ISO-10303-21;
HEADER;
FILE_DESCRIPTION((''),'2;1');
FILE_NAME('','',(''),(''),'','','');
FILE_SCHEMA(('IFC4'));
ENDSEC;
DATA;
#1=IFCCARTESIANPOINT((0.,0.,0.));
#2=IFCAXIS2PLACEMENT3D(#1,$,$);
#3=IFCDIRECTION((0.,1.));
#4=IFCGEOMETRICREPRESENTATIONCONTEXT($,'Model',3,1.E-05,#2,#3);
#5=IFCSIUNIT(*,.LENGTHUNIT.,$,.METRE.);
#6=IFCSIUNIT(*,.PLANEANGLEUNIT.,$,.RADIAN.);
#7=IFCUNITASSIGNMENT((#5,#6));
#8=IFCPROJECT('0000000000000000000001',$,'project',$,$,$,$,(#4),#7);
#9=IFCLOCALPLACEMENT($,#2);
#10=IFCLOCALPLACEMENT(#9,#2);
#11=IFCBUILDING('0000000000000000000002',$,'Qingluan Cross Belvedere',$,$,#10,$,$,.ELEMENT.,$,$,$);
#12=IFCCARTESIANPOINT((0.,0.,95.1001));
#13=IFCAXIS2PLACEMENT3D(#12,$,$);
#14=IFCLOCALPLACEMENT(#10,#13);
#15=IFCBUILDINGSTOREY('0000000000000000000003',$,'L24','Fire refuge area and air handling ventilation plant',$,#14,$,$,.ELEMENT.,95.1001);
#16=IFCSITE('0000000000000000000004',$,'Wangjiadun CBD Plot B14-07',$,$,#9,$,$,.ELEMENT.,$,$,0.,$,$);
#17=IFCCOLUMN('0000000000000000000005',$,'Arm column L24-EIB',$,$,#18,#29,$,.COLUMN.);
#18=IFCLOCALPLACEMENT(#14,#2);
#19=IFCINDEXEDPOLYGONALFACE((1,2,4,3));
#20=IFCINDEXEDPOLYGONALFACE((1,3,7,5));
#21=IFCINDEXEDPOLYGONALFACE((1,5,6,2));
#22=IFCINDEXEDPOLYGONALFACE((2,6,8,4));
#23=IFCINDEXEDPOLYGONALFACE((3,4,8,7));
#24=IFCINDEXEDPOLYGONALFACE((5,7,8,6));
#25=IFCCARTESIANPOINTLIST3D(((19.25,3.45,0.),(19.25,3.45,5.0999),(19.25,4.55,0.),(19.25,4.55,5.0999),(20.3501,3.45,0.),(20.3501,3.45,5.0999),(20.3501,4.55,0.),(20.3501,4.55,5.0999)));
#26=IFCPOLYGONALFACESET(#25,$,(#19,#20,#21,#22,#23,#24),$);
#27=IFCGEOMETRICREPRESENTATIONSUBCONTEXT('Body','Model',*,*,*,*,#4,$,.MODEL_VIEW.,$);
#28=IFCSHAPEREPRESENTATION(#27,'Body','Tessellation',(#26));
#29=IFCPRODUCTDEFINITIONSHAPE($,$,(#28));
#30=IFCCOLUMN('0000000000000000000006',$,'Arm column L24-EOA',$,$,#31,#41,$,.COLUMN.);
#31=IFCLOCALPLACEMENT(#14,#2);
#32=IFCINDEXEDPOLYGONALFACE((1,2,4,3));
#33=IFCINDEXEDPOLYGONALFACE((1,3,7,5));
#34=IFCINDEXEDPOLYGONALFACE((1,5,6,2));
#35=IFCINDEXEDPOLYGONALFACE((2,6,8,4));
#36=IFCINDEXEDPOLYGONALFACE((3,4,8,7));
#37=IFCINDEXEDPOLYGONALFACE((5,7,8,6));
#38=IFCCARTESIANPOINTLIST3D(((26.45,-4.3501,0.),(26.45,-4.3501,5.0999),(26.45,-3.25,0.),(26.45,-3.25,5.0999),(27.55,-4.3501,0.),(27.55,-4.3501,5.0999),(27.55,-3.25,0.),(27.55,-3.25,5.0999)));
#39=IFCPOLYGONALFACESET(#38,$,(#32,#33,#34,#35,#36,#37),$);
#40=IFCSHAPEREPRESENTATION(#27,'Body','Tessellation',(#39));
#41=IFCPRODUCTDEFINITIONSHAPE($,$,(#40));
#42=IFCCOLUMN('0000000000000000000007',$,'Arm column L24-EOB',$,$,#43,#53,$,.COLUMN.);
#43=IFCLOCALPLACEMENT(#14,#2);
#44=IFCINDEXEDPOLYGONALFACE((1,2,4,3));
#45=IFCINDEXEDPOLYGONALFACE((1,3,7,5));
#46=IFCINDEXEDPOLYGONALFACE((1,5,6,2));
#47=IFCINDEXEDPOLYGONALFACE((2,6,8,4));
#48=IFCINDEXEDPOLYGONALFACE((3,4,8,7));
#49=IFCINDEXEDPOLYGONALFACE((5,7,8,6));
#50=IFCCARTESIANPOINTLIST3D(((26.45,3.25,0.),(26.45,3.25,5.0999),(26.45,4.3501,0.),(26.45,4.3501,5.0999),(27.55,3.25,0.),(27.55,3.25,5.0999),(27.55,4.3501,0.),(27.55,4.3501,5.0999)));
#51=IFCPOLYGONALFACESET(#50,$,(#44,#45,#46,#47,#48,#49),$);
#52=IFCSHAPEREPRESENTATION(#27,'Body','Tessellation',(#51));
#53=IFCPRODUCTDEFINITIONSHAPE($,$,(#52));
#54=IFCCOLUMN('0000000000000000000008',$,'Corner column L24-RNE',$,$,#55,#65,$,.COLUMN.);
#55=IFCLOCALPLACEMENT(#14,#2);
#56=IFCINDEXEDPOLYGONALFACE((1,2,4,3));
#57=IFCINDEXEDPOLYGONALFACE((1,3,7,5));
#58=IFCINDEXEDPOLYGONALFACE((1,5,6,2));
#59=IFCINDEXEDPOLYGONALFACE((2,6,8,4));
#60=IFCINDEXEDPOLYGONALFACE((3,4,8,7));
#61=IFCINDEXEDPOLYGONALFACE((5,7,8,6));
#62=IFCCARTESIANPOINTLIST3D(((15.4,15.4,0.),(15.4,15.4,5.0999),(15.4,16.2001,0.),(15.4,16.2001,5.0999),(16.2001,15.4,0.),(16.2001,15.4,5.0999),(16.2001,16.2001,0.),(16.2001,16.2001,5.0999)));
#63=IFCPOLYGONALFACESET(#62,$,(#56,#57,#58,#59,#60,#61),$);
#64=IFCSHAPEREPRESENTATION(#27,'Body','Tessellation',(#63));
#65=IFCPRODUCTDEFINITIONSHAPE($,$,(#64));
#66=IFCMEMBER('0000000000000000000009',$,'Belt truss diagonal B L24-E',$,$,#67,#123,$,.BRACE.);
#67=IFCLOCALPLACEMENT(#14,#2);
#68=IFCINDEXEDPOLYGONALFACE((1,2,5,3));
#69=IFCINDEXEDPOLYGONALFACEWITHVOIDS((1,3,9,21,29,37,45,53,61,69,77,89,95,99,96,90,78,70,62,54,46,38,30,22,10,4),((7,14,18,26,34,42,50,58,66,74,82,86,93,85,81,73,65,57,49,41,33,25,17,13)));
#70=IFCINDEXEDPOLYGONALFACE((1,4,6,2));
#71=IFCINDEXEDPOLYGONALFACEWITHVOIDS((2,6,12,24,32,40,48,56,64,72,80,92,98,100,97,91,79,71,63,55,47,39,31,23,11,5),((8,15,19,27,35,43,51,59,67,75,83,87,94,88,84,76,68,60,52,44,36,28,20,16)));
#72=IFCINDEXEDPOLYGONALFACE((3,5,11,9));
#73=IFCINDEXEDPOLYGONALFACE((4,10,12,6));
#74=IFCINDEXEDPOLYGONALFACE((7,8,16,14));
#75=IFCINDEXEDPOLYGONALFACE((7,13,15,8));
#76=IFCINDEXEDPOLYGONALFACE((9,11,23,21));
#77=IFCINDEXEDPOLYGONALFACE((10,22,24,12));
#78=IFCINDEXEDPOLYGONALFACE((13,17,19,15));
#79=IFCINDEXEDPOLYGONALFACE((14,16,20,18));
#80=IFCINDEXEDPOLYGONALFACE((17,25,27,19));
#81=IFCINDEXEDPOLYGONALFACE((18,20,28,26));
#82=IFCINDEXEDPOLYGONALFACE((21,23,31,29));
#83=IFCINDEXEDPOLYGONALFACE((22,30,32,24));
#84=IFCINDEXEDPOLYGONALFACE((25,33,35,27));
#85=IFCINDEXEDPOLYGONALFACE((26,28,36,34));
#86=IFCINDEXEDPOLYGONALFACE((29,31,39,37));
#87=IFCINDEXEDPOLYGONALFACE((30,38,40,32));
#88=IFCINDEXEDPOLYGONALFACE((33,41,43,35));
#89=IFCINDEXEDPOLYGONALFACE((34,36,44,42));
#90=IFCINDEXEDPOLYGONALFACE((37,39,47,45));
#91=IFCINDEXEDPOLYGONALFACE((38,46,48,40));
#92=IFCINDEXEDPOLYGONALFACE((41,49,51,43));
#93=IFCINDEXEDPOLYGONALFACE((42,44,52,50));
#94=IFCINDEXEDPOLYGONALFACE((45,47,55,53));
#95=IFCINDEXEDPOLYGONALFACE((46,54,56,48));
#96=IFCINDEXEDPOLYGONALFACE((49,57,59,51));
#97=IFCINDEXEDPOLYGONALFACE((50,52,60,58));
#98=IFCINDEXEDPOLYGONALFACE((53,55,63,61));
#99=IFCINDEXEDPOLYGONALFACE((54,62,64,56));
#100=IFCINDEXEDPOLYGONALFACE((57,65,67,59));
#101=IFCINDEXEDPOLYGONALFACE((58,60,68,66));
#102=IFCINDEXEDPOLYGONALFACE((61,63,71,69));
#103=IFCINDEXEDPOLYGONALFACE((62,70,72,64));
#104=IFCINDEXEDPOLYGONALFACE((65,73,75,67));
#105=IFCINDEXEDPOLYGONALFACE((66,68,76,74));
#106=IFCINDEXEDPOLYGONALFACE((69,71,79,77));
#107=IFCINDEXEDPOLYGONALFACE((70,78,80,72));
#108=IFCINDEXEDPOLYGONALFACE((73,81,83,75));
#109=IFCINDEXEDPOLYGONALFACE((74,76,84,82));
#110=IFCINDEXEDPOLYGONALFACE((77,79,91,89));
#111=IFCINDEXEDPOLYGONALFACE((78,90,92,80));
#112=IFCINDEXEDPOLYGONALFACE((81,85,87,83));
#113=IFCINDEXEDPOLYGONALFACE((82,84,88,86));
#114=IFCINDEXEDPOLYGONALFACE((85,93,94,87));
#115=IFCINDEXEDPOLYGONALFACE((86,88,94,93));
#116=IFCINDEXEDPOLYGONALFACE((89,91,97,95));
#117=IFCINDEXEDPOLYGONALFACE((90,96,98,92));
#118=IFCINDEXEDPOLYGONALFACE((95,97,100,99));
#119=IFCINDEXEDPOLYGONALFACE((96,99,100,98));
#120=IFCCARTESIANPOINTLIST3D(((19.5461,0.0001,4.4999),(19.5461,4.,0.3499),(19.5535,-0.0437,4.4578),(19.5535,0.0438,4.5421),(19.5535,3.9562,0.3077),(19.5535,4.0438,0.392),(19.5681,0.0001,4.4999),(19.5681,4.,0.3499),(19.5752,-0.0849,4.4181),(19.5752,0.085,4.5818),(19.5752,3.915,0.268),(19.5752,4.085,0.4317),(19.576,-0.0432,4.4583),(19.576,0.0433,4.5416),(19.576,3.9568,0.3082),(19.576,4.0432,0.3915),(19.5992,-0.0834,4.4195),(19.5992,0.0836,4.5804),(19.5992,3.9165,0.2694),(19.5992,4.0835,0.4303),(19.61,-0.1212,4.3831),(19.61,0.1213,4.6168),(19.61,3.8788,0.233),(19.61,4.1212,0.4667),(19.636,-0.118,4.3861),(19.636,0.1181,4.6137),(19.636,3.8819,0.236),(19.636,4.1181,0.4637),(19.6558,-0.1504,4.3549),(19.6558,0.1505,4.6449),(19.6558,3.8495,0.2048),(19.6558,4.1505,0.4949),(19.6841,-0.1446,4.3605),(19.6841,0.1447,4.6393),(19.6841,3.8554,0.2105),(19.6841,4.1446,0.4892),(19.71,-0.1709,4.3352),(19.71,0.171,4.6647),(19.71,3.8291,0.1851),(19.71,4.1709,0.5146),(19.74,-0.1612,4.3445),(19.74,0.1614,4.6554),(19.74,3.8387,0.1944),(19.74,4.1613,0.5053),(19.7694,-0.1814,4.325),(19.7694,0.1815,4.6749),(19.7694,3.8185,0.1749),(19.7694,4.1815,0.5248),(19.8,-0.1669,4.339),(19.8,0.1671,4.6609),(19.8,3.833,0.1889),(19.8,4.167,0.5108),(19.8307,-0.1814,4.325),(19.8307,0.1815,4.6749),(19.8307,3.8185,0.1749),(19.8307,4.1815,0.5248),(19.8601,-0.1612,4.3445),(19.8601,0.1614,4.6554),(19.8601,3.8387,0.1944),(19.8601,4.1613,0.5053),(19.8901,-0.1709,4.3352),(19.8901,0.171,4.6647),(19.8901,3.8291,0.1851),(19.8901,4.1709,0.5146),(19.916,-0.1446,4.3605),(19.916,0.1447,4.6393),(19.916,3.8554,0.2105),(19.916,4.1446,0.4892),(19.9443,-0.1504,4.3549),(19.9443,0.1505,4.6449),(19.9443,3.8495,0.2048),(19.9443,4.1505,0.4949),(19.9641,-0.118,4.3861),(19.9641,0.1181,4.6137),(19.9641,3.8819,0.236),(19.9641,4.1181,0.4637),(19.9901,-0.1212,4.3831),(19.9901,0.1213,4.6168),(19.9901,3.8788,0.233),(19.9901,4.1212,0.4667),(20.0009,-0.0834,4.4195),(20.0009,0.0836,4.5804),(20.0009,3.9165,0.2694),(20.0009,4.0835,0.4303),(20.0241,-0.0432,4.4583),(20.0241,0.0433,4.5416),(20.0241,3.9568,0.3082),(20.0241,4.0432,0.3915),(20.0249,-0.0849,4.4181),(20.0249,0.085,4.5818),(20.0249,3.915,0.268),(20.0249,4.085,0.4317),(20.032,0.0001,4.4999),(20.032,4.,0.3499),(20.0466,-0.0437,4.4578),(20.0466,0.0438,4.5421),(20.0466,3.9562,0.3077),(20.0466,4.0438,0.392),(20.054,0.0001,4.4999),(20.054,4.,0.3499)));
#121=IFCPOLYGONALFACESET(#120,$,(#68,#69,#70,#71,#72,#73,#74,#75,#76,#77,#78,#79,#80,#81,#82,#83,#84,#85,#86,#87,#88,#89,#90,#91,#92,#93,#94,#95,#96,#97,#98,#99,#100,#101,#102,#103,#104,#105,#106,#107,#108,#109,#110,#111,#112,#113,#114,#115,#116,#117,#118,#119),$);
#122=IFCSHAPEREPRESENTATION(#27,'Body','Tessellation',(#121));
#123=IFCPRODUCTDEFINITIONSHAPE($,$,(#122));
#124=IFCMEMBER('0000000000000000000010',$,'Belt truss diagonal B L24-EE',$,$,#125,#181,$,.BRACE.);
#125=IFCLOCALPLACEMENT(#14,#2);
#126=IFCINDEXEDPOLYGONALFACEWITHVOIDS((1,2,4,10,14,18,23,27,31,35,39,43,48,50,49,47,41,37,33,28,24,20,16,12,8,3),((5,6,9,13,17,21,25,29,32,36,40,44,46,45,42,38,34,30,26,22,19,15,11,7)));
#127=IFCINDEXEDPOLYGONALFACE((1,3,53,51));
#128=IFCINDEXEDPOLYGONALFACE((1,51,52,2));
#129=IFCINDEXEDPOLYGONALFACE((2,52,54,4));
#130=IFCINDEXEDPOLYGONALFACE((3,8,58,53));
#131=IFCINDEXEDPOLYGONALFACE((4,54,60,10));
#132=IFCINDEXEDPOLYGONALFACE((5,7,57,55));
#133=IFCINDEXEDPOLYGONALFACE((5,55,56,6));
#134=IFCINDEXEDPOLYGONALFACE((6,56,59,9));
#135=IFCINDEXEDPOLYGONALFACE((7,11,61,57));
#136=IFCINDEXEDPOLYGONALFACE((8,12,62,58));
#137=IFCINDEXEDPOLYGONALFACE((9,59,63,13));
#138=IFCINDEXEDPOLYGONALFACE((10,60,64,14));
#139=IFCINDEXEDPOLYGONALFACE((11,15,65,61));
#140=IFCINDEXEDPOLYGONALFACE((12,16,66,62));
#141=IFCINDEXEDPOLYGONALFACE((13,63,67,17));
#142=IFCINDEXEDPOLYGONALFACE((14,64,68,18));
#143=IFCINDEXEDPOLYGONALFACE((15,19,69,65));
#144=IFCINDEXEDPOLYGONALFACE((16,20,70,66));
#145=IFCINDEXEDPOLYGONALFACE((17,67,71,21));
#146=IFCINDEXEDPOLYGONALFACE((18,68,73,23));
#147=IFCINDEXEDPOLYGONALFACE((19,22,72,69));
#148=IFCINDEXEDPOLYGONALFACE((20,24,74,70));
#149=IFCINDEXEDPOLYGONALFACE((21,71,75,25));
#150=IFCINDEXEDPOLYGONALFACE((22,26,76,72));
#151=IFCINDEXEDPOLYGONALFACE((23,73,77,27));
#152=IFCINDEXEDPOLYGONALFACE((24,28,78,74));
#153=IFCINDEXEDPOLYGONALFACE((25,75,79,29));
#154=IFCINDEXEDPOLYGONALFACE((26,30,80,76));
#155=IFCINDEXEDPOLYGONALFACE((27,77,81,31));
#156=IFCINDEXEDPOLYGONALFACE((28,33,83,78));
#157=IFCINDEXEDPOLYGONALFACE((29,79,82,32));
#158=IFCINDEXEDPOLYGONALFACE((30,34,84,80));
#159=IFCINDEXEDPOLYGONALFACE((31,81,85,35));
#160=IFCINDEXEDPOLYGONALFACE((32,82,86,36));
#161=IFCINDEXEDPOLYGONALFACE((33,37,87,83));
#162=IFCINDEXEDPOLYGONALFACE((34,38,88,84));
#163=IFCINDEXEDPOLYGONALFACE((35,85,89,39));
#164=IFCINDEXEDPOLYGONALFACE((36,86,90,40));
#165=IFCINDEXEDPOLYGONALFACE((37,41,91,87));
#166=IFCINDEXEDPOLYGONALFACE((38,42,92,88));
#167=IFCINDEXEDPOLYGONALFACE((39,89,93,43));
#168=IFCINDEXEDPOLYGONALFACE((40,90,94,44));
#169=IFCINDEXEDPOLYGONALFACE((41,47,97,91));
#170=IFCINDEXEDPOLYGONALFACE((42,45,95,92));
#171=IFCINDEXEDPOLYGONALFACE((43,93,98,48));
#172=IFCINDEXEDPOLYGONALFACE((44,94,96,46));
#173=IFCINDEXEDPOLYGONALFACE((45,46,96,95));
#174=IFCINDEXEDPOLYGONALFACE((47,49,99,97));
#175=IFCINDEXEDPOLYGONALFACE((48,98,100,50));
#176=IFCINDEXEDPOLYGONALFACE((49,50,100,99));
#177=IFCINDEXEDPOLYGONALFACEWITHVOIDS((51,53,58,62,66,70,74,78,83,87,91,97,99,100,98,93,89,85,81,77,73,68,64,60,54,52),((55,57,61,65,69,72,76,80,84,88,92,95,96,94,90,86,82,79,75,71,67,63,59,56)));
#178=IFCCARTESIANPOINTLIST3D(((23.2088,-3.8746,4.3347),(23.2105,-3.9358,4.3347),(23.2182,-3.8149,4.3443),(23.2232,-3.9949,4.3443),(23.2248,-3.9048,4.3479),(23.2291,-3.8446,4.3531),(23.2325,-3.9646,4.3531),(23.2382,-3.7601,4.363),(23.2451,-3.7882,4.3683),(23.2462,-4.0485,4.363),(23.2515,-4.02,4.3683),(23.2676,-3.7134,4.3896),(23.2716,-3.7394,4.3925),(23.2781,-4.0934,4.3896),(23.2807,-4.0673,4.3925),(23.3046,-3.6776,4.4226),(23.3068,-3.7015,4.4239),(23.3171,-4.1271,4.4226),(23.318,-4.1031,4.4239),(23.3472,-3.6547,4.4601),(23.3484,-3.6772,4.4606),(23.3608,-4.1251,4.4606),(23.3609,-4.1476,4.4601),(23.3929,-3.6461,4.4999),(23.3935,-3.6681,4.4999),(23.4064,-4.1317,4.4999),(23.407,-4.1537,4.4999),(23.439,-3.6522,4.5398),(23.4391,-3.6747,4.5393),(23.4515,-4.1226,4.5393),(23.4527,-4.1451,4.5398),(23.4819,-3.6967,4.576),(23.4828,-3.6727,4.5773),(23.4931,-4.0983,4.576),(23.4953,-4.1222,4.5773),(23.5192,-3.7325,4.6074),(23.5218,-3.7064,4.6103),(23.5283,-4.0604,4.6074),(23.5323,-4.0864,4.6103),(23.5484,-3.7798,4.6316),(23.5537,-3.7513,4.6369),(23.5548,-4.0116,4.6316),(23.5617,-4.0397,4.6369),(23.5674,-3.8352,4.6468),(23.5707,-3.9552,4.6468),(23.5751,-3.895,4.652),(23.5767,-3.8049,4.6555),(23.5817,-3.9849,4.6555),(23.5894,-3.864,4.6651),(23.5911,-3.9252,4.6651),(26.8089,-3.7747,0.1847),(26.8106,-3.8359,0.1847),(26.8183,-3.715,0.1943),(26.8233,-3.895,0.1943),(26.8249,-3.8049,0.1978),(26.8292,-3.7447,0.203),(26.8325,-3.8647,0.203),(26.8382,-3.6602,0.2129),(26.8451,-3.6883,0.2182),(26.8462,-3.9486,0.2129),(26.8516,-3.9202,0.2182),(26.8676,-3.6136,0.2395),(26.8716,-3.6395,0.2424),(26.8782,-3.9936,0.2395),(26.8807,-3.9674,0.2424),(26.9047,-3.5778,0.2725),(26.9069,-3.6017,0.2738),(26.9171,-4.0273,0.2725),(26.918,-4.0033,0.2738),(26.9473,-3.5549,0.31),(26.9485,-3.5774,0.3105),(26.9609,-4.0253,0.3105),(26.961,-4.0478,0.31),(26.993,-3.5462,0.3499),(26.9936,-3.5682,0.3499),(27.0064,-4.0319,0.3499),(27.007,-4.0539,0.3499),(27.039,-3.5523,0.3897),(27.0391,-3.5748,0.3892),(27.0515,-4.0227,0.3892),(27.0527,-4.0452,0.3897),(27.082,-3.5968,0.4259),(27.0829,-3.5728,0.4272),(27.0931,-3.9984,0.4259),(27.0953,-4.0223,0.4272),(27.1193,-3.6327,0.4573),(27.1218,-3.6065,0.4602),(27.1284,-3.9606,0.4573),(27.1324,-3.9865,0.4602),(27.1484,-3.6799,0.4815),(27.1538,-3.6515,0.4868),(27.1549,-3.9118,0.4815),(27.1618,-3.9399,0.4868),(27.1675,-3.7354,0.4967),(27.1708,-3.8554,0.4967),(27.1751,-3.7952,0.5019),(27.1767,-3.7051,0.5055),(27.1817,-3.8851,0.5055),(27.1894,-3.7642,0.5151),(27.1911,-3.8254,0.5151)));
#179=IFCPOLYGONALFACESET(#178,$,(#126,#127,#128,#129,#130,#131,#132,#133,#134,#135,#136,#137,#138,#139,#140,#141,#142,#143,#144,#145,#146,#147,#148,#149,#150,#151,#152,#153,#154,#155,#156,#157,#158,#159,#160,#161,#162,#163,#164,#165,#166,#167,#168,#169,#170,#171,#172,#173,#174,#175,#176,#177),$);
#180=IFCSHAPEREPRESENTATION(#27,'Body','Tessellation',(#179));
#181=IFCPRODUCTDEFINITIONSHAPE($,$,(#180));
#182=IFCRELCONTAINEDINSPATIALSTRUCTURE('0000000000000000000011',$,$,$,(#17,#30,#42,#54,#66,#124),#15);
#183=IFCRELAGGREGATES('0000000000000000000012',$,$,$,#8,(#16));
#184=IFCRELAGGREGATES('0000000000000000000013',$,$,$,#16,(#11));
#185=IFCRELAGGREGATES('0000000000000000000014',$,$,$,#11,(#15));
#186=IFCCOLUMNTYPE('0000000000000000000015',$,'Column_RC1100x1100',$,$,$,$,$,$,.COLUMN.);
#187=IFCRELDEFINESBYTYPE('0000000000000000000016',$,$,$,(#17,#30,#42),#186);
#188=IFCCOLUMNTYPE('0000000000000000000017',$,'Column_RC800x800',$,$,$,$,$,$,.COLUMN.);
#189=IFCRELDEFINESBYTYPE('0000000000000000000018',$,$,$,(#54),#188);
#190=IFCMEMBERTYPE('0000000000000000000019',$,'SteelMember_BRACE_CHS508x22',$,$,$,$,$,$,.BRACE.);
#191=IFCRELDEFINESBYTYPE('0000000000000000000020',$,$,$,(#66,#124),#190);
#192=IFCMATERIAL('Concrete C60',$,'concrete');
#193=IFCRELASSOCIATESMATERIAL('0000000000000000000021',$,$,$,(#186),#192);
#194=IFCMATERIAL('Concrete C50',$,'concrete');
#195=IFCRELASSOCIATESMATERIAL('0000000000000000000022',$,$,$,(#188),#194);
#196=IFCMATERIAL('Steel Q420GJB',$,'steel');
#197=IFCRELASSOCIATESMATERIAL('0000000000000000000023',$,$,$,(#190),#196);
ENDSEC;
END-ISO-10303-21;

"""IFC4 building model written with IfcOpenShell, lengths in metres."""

from ifc_helpers import new_model, si_unit, direction, frame, origin, origin_2d, place, context, subcontext, project, spatial, rectangle, hollow_circle, extrude, material, material_profile, profile_set, type_object, element, save


model = new_model("IFC4")

# Units and contexts
model_context = context("Model", 3, precision=1e-05, world=origin(), true_north=direction((0.0, 1.0)))
body_context = subcontext(model_context, "Body", "Model", "MODEL_VIEW")
ifc_project = project(units=[si_unit("LENGTHUNIT", "METRE"), si_unit("PLANEANGLEUNIT", "RADIAN")], contexts=[model_context])

# Site, building, storey
site_placement = place(None, origin())
site = spatial("IfcSite", under=ifc_project, at=site_placement, Name="Wangjiadun CBD Plot B14-07", CompositionType="ELEMENT", RefElevation=0.0)
building_placement = place(site_placement, origin())
building = spatial("IfcBuilding", under=site, at=building_placement, Name="Qingluan Cross Belvedere", CompositionType="ELEMENT")
storey_placement = place(building_placement, frame((0.0, 0.0, 95.1001)))
storey = spatial("IfcBuildingStorey", under=building, at=storey_placement, Name="L24", Description="Fire refuge area and air handling ventilation plant", CompositionType="ELEMENT", Elevation=95.1001)

# Columns
ifc_material_1 = material(Name="Concrete C60", Category="concrete")
ifc_material_profile_1 = material_profile(ifc_material_1, rectangle(XDim=1.1001, YDim=1.1001, at=origin_2d()), Name="RC1100x1100")
ifc_profile_set_1 = profile_set([ifc_material_profile_1], Name="Concrete C60")
column_type_1 = type_object("IfcColumnType", Name="Column_RC1100x1100", PredefinedType="COLUMN", material=ifc_profile_set_1)
for number, where, z_axis, x_axis, name in (
    (1, (19.8, 4.0, 0.0), (0.0, 0.0, 1.0), (1.0, 0.0, 0.0), "Arm column L24-EIB"),
    (2, (27.0, -3.8, 0.0), (0.0, 0.0, 1.0), (1.0, 0.0, 0.0), "Arm column L24-EOA"),
    (3, (27.0, 3.8, 0.0), (0.0, 0.0, 1.0), (1.0, 0.0, 0.0), "Arm column L24-EOB"),
):
    element("IfcColumn", number, at=place(storey_placement, frame(where, z_axis=z_axis, x_axis=x_axis)), inside=storey, type_object=column_type_1, Name=name, PredefinedType="COLUMN", context=body_context, shape_type="SweptSolid", body=[
        extrude(rectangle(XDim=1.1001, YDim=1.1001, at=origin_2d()), origin(), (0.0, 0.0, 1.0), 5.0999),
    ])
ifc_material_2 = material(Name="Concrete C50", Category="concrete")
ifc_material_profile_2 = material_profile(ifc_material_2, rectangle(XDim=0.8, YDim=0.8, at=origin_2d()), Name="RC800x800")
ifc_profile_set_2 = profile_set([ifc_material_profile_2], Name="Concrete C50")
column_type_2 = type_object("IfcColumnType", Name="Column_RC800x800", PredefinedType="COLUMN", material=ifc_profile_set_2)
column_placement = place(storey_placement, frame((15.8, 15.8, 0.0), z_axis=(0.0, 0.0, 1.0), x_axis=(1.0, 0.0, 0.0)))
element("IfcColumn", 4, at=column_placement, inside=storey, type_object=column_type_2, Name="Corner column L24-RNE", PredefinedType="COLUMN", context=body_context, shape_type="SweptSolid", body=[
    extrude(rectangle(XDim=0.8, YDim=0.8, at=origin_2d()), origin(), (0.0, 0.0, 1.0), 5.0999),
])

# Members
ifc_material_3 = material(Name="Steel Q420GJB", Category="steel")
ifc_material_profile_3 = material_profile(ifc_material_3, hollow_circle(Radius=0.2539, WallThickness=0.022, at=origin_2d()), Name="CHS508x22")
ifc_profile_set_3 = profile_set([ifc_material_profile_3], Name="Steel Q420GJB")
member_type_1 = type_object("IfcMemberType", Name="SteelMember_BRACE_CHS508x22", PredefinedType="BRACE", material=ifc_profile_set_3)
member_1_placement = place(storey_placement, frame((19.8, 4.0, 0.3499), z_axis=(0.0, -0.693962, 0.720011), x_axis=(1.0, 0.0, 0.0)))
element("IfcMember", 5, at=member_1_placement, inside=storey, type_object=member_type_1, Name="Belt truss diagonal B L24-E", PredefinedType="BRACE", context=body_context, shape_type="SweptSolid", body=[
    extrude(hollow_circle(Radius=0.2539, WallThickness=0.022, at=origin_2d()), origin(), (0.0, 0.0, 1.0), 5.7639),
])
member_2_placement = place(storey_placement, frame((27.0, -3.8, 0.3499), z_axis=(-0.655166, -0.018172, 0.755267), x_axis=(0.027726, -0.999616, 0.0)))
element("IfcMember", 6, at=member_2_placement, inside=storey, type_object=member_type_1, Name="Belt truss diagonal B L24-EE", PredefinedType="BRACE", context=body_context, shape_type="SweptSolid", body=[
    extrude(hollow_circle(Radius=0.2539, WallThickness=0.022, at=origin_2d()), origin(), (0.0, 0.0, 1.0), 5.4949),
])

save(model, "model.ifc")
